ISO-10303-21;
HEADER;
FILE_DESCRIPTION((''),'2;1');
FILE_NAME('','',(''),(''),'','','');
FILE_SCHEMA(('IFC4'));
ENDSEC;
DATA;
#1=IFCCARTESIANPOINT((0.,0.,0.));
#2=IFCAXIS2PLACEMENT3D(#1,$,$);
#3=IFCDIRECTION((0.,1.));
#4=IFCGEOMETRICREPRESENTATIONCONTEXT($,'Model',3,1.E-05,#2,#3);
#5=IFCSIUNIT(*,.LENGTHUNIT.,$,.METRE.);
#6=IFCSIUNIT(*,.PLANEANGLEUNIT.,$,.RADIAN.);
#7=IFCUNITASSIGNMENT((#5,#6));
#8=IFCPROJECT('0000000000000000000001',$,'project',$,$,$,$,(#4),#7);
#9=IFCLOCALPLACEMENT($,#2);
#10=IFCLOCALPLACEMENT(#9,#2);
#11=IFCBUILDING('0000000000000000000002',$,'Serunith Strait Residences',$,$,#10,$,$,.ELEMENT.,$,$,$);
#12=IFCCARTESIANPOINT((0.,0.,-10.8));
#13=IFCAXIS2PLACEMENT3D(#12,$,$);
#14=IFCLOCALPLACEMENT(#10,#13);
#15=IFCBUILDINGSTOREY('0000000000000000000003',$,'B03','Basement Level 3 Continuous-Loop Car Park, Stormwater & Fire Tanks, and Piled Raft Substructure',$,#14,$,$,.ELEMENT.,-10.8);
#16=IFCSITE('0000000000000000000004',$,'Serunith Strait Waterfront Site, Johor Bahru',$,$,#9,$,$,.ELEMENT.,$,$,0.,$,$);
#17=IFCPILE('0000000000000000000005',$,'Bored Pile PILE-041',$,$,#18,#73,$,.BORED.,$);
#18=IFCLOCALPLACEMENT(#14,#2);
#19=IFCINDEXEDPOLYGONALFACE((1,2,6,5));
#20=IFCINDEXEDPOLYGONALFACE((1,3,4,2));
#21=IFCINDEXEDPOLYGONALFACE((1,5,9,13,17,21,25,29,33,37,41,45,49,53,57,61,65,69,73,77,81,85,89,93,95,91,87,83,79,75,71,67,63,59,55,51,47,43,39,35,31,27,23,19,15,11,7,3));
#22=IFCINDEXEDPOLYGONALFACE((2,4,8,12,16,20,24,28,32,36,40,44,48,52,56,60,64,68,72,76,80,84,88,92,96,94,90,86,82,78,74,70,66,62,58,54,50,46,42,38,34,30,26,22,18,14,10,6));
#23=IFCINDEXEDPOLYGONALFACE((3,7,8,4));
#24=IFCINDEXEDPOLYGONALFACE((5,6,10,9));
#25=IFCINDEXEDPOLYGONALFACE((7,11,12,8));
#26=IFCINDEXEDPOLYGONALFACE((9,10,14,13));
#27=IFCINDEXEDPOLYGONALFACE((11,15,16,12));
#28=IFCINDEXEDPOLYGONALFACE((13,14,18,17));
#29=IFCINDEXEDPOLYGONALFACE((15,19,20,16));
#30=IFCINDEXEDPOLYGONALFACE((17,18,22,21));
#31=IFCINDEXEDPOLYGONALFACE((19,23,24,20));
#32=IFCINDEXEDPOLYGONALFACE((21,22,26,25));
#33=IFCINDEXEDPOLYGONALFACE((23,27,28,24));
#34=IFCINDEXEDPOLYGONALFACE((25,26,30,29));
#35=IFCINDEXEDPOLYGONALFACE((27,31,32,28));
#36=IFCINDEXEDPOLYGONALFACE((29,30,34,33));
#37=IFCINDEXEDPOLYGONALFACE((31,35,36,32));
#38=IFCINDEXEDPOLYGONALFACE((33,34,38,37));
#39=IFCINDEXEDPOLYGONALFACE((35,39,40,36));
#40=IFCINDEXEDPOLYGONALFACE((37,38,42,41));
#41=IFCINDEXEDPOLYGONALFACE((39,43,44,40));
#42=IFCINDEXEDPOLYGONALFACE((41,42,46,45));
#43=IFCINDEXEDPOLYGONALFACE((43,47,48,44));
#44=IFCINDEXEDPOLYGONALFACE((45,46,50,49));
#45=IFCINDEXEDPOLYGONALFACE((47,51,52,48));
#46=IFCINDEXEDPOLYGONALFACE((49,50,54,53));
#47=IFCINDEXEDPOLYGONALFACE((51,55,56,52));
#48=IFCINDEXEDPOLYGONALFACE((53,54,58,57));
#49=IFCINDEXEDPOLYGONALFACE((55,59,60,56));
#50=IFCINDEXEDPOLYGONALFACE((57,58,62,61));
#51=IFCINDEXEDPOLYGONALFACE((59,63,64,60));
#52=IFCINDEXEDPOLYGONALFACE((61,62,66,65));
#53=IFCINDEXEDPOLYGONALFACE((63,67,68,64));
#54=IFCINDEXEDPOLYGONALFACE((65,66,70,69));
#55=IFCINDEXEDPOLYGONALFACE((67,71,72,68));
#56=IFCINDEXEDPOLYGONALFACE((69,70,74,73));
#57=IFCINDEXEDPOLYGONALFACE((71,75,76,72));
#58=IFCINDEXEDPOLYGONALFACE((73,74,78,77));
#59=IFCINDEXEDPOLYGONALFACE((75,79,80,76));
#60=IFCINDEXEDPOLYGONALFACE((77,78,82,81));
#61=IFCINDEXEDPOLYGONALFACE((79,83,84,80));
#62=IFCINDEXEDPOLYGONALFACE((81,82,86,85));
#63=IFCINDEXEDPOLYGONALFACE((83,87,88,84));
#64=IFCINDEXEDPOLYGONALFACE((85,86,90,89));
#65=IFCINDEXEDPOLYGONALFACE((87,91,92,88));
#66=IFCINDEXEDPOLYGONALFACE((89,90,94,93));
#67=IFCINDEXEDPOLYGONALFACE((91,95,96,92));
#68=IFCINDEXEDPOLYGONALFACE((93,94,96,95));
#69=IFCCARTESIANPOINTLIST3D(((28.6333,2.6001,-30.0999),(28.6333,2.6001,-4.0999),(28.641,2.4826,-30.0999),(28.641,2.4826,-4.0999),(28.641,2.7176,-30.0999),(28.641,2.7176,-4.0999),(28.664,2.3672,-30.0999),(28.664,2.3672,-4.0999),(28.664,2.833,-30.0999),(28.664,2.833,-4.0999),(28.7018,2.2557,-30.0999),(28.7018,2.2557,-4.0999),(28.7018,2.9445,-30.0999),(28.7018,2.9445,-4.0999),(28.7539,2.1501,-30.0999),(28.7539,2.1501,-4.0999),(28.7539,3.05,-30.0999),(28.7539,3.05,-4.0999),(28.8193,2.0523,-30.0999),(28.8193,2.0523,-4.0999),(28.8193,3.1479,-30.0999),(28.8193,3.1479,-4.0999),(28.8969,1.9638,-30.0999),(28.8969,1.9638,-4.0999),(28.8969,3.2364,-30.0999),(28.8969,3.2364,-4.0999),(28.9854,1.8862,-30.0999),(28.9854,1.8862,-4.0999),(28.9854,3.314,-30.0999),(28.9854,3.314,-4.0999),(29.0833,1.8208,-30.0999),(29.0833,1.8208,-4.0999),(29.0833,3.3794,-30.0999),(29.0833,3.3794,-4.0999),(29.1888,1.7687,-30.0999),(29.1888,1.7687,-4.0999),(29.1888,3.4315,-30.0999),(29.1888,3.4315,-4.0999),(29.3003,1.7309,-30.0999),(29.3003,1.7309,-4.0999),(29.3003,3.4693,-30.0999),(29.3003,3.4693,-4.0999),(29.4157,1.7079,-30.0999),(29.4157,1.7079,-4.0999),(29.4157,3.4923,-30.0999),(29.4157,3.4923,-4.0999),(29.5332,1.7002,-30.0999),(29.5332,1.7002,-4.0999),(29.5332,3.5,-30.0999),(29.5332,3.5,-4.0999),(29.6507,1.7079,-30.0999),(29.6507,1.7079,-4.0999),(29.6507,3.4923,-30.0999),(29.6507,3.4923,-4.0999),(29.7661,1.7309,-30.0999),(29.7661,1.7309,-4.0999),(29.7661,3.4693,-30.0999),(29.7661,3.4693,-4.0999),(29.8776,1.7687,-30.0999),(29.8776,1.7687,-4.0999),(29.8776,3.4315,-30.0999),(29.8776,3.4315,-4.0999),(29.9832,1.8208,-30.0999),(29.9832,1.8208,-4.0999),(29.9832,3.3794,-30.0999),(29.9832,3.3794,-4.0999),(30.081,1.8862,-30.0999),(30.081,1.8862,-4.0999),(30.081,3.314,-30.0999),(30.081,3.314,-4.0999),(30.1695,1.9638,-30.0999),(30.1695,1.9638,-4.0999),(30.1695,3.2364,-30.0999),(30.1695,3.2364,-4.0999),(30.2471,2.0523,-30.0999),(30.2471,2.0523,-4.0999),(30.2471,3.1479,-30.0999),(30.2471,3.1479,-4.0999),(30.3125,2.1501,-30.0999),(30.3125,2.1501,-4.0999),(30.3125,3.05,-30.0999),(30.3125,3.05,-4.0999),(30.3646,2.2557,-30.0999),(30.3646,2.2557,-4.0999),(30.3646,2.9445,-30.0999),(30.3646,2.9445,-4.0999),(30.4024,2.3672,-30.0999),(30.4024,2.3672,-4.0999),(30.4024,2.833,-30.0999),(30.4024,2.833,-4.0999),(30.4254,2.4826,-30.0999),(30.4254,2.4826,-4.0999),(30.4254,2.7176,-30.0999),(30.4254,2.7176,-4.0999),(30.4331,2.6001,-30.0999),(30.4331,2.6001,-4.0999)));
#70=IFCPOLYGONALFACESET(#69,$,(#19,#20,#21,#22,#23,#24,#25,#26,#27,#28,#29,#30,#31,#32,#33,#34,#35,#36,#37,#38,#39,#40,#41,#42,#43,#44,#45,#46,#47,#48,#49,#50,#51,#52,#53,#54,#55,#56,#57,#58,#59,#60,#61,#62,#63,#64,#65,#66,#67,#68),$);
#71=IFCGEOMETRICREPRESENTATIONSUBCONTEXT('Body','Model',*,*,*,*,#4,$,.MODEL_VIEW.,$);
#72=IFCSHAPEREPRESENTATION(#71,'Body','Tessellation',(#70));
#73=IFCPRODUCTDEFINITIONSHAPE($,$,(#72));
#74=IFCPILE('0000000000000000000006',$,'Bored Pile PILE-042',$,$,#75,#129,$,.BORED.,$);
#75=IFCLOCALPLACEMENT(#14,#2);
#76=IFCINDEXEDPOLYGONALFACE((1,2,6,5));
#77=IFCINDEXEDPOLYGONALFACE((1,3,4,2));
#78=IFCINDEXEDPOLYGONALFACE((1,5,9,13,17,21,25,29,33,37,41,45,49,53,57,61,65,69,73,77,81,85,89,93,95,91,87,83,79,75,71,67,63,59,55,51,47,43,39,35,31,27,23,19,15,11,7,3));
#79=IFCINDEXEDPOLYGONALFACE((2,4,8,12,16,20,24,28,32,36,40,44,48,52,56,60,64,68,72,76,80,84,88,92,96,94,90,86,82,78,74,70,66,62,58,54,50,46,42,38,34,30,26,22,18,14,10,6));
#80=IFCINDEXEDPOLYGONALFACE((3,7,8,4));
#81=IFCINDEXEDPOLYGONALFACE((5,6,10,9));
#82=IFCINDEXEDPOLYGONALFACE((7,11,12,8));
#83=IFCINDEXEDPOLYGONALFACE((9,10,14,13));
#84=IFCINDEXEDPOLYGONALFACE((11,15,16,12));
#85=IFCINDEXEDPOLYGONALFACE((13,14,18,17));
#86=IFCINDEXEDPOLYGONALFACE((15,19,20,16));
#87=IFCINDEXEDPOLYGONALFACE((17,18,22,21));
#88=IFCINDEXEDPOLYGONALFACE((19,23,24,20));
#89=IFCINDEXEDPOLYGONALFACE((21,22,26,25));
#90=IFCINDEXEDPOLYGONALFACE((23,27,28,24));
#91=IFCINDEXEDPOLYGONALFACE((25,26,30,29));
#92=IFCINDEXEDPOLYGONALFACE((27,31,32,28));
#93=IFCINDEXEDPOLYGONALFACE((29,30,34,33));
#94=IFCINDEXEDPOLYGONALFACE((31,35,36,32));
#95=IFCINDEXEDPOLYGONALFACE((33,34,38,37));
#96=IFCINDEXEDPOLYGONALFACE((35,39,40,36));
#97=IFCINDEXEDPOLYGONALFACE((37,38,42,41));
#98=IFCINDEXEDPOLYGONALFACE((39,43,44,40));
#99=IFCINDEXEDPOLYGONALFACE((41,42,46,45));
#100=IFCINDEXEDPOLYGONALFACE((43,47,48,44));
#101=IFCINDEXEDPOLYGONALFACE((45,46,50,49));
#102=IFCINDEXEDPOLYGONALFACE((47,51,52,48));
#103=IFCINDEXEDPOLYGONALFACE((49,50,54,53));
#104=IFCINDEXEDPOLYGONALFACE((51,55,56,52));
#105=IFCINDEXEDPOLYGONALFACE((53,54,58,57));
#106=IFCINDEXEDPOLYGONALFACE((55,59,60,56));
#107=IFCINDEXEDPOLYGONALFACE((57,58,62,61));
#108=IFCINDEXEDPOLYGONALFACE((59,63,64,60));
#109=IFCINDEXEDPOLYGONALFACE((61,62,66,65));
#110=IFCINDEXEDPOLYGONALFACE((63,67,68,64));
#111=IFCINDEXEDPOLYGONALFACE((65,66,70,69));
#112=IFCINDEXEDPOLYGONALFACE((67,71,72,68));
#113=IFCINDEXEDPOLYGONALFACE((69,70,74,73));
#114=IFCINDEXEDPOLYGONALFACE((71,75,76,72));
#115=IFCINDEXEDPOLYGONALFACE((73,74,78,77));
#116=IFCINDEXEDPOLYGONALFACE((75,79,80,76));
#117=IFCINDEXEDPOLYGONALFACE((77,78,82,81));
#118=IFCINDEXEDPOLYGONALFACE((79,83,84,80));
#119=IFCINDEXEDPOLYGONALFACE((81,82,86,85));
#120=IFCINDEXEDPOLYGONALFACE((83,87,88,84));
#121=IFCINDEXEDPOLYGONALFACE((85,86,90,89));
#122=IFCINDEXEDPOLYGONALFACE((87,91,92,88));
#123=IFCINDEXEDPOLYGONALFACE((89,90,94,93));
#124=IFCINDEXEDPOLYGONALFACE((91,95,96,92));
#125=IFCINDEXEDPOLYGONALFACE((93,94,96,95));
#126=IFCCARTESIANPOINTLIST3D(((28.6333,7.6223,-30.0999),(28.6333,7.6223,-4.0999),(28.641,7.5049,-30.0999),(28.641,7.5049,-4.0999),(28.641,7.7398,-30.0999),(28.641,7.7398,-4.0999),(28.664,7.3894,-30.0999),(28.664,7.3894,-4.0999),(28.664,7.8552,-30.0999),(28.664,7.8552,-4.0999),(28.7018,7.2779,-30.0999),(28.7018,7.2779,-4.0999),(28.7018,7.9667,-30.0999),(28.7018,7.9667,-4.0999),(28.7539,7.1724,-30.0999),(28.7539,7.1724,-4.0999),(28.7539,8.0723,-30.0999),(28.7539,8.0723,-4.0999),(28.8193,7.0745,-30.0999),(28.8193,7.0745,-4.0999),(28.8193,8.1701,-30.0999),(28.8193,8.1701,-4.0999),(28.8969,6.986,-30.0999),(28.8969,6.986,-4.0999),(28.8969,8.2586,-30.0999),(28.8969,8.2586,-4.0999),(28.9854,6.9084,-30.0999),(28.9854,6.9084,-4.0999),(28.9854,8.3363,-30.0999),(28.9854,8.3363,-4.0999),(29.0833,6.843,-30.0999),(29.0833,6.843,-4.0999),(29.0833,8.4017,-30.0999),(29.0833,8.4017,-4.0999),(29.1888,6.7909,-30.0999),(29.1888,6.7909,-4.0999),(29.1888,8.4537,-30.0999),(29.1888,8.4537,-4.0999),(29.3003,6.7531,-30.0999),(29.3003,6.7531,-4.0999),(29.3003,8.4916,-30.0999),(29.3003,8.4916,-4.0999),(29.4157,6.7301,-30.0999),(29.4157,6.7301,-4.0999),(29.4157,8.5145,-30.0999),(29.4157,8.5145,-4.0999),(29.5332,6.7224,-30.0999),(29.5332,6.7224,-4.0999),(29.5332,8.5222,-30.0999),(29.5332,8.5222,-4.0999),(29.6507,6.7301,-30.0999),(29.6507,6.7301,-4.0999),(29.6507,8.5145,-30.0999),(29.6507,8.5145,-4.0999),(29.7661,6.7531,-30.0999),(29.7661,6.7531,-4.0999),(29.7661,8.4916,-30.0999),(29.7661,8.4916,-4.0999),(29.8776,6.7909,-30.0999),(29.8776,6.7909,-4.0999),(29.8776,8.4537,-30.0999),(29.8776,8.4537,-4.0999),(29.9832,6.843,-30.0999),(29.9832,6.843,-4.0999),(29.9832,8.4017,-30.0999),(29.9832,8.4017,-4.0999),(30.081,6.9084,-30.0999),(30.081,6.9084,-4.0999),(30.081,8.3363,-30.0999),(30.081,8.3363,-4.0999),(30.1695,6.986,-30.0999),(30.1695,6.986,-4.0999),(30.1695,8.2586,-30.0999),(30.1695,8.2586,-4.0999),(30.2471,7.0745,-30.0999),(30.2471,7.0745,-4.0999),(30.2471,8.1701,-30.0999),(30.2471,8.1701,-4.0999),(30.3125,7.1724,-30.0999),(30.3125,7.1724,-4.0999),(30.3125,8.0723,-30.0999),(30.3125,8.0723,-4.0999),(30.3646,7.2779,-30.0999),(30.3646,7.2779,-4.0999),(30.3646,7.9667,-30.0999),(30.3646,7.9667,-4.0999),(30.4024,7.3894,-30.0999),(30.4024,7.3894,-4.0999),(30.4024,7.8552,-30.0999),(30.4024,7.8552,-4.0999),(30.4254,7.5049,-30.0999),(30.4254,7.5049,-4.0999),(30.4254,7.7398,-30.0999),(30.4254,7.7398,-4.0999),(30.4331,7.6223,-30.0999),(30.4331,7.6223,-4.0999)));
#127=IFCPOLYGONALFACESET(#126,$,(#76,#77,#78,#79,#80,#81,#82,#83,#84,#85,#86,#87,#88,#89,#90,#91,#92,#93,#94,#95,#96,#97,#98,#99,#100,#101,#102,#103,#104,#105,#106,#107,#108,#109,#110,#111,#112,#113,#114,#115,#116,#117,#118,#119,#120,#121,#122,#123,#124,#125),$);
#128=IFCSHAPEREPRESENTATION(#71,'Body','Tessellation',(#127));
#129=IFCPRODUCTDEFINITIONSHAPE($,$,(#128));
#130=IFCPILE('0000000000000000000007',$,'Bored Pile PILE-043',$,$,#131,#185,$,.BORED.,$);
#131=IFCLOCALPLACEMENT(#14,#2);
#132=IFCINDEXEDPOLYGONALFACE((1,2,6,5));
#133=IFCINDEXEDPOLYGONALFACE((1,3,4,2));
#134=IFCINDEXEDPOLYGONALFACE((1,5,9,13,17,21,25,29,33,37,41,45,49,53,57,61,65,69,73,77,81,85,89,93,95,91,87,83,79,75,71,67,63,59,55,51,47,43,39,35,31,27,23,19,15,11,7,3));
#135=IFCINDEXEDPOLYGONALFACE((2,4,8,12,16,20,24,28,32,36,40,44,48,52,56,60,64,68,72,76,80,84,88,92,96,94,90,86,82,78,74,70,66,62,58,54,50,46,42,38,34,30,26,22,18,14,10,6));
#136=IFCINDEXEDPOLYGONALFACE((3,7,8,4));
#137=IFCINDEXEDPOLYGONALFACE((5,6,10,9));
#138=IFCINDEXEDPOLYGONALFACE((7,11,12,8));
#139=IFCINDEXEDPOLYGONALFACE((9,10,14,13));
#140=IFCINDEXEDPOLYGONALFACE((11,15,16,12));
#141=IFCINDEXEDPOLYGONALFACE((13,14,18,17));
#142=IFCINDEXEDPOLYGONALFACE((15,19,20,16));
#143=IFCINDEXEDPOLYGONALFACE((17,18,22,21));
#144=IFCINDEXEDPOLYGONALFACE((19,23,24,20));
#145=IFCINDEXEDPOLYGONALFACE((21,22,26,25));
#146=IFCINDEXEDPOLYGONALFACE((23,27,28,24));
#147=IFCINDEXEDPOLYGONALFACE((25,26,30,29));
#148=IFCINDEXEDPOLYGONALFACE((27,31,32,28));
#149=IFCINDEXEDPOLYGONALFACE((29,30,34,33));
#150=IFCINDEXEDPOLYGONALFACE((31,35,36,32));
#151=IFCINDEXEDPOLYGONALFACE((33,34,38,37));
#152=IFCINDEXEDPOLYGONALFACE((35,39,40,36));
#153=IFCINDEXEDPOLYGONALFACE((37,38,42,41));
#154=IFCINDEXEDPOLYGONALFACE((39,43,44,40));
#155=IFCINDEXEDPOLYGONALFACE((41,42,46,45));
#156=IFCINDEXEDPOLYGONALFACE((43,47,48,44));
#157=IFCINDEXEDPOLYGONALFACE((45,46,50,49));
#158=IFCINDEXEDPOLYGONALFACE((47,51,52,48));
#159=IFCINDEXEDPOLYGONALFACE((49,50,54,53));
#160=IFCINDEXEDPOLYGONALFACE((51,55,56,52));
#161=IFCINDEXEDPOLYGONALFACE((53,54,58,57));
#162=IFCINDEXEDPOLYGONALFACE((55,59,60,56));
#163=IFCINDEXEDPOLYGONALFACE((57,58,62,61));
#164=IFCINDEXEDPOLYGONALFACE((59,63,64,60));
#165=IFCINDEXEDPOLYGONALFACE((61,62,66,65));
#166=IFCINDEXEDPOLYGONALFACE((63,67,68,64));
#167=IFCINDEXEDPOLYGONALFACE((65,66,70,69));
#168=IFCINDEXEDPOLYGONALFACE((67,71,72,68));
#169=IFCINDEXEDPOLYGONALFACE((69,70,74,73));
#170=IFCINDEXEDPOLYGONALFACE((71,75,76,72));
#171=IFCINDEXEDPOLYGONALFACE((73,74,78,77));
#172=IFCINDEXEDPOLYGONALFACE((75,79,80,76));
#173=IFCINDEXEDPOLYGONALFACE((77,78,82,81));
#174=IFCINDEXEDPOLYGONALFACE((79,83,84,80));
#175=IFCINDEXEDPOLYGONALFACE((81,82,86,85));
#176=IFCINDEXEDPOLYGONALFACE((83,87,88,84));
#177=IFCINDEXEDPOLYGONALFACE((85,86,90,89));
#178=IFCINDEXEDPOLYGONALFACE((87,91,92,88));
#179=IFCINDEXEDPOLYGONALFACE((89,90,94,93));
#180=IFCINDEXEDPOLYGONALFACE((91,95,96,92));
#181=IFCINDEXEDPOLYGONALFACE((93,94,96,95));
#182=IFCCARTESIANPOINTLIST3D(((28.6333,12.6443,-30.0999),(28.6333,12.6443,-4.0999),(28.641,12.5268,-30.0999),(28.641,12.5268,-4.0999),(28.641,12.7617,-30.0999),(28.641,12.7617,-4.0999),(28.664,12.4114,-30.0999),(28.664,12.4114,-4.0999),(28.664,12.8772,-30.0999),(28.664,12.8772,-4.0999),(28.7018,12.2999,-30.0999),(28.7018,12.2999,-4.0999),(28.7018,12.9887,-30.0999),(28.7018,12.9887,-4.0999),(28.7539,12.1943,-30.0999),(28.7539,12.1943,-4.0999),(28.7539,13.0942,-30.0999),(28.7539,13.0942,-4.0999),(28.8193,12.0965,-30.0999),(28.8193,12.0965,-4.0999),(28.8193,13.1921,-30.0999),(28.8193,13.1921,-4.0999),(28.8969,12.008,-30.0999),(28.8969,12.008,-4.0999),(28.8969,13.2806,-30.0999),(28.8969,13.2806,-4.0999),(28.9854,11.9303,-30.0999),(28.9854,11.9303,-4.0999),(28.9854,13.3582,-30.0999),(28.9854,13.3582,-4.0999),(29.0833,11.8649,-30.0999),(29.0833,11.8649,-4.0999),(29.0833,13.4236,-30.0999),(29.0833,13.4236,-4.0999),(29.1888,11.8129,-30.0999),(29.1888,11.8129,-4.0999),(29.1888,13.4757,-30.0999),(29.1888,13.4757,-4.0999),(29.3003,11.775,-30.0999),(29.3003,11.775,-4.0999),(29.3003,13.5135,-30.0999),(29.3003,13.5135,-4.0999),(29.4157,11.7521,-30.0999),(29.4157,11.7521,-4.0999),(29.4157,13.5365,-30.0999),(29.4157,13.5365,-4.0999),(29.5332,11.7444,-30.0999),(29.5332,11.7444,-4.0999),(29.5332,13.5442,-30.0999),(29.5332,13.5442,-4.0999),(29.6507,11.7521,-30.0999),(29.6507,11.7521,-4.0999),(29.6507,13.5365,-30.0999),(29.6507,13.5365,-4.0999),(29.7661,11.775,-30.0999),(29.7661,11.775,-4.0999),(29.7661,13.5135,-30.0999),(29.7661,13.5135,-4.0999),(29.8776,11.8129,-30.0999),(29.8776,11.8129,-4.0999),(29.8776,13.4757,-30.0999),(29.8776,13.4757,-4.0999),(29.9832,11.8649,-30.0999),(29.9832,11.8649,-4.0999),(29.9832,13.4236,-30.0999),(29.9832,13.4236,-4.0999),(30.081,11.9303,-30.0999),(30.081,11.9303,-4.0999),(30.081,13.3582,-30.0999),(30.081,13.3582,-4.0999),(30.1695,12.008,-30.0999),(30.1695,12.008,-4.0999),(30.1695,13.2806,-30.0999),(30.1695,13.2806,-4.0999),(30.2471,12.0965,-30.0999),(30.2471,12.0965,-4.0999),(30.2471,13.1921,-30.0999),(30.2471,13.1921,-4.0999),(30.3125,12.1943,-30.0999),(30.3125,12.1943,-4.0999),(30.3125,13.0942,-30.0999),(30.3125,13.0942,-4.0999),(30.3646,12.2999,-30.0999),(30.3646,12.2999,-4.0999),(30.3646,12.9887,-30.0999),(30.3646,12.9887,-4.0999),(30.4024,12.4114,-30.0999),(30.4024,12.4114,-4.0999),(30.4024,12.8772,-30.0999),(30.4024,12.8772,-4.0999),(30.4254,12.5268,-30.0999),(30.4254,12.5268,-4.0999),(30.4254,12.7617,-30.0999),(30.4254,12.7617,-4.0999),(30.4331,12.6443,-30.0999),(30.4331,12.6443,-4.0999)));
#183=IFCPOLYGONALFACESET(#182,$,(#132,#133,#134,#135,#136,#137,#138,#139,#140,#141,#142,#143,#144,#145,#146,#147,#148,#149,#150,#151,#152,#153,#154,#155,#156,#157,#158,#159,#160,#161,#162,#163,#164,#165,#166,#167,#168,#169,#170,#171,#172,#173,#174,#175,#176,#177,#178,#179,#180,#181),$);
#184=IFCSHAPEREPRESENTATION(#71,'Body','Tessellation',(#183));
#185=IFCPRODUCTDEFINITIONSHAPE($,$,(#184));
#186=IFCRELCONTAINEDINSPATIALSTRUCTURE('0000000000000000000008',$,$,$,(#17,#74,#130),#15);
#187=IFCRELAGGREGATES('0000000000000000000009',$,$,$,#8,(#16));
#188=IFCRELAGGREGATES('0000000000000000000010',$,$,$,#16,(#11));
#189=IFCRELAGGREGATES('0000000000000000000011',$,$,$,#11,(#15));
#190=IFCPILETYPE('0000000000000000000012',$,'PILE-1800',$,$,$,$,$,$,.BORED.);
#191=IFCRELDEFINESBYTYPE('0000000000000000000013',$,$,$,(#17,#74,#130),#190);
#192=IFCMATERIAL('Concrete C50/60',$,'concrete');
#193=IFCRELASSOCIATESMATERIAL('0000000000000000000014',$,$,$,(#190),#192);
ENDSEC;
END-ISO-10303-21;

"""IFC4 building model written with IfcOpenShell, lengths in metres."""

from ifc_helpers import new_model, si_unit, direction, frame, origin, origin_2d, place, context, subcontext, project, spatial, circle, extrude, source, transform, mapped, material, material_profile, profile_set, type_object, element, save


model = new_model("IFC4")

# Units and contexts
model_context = context("Model", 3, precision=1e-05, world=origin(), true_north=direction((0.0, 1.0)))
body_context = subcontext(model_context, "Body", "Model", "MODEL_VIEW")
ifc_project = project(units=[si_unit("LENGTHUNIT", "METRE"), si_unit("PLANEANGLEUNIT", "RADIAN")], contexts=[model_context])

# Site, building, storey
site_placement = place(None, origin())
site = spatial("IfcSite", under=ifc_project, at=site_placement, Name="Serunith Strait Waterfront Site, Johor Bahru", CompositionType="ELEMENT", RefElevation=0.0)
building_placement = place(site_placement, origin())
building = spatial("IfcBuilding", under=site, at=building_placement, Name="Serunith Strait Residences", CompositionType="ELEMENT")
storey_placement = place(building_placement, frame((0.0, 0.0, -10.8)))
storey = spatial("IfcBuildingStorey", under=building, at=storey_placement, Name="B03", Description="Basement Level 3 Continuous-Loop Car Park, Stormwater & Fire Tanks, and Piled Raft Substructure", CompositionType="ELEMENT", Elevation=-10.8)

# Piles
ifc_material_1 = material(Name="Concrete C50/60", Category="concrete")
ifc_material_profile_1 = material_profile(ifc_material_1, circle(Radius=0.8999, at=origin_2d()), Name="PILE D1800")
ifc_profile_set_1 = profile_set([ifc_material_profile_1], Name="Concrete C50/60")
pile_type = type_object("IfcPileType", Name="PILE-1800", PredefinedType="BORED", material=ifc_profile_set_1)
shared_shape_1 = source(origin(), body_context, "Body", "SweptSolid", [
    extrude(circle(Radius=0.8999, at=origin_2d()), origin(), (0.0, 0.0, 1.0), 26.0),
])
for number, where, z_axis, x_axis, name in (
    (1, (29.5332, 2.6001, -4.0999), (0.0, 0.0, -1.0), (1.0, 0.0, 0.0), "Bored Pile PILE-041"),
    (2, (29.5332, 7.6223, -4.0999), (0.0, 0.0, -1.0), (1.0, 0.0, 0.0), "Bored Pile PILE-042"),
    (3, (29.5332, 12.6443, -4.0999), (0.0, 0.0, -1.0), (1.0, 0.0, 0.0), "Bored Pile PILE-043"),
):
    element("IfcPile", number, at=place(storey_placement, frame(where, z_axis=z_axis, x_axis=x_axis)), inside=storey, type_object=pile_type, Name=name, PredefinedType="BORED", context=body_context, shape_type="MappedRepresentation", body=[
        mapped(shared_shape_1, transform((0.0, 0.0, 0.0), scale=1.0)),
    ])

save(model, "model.ifc")
